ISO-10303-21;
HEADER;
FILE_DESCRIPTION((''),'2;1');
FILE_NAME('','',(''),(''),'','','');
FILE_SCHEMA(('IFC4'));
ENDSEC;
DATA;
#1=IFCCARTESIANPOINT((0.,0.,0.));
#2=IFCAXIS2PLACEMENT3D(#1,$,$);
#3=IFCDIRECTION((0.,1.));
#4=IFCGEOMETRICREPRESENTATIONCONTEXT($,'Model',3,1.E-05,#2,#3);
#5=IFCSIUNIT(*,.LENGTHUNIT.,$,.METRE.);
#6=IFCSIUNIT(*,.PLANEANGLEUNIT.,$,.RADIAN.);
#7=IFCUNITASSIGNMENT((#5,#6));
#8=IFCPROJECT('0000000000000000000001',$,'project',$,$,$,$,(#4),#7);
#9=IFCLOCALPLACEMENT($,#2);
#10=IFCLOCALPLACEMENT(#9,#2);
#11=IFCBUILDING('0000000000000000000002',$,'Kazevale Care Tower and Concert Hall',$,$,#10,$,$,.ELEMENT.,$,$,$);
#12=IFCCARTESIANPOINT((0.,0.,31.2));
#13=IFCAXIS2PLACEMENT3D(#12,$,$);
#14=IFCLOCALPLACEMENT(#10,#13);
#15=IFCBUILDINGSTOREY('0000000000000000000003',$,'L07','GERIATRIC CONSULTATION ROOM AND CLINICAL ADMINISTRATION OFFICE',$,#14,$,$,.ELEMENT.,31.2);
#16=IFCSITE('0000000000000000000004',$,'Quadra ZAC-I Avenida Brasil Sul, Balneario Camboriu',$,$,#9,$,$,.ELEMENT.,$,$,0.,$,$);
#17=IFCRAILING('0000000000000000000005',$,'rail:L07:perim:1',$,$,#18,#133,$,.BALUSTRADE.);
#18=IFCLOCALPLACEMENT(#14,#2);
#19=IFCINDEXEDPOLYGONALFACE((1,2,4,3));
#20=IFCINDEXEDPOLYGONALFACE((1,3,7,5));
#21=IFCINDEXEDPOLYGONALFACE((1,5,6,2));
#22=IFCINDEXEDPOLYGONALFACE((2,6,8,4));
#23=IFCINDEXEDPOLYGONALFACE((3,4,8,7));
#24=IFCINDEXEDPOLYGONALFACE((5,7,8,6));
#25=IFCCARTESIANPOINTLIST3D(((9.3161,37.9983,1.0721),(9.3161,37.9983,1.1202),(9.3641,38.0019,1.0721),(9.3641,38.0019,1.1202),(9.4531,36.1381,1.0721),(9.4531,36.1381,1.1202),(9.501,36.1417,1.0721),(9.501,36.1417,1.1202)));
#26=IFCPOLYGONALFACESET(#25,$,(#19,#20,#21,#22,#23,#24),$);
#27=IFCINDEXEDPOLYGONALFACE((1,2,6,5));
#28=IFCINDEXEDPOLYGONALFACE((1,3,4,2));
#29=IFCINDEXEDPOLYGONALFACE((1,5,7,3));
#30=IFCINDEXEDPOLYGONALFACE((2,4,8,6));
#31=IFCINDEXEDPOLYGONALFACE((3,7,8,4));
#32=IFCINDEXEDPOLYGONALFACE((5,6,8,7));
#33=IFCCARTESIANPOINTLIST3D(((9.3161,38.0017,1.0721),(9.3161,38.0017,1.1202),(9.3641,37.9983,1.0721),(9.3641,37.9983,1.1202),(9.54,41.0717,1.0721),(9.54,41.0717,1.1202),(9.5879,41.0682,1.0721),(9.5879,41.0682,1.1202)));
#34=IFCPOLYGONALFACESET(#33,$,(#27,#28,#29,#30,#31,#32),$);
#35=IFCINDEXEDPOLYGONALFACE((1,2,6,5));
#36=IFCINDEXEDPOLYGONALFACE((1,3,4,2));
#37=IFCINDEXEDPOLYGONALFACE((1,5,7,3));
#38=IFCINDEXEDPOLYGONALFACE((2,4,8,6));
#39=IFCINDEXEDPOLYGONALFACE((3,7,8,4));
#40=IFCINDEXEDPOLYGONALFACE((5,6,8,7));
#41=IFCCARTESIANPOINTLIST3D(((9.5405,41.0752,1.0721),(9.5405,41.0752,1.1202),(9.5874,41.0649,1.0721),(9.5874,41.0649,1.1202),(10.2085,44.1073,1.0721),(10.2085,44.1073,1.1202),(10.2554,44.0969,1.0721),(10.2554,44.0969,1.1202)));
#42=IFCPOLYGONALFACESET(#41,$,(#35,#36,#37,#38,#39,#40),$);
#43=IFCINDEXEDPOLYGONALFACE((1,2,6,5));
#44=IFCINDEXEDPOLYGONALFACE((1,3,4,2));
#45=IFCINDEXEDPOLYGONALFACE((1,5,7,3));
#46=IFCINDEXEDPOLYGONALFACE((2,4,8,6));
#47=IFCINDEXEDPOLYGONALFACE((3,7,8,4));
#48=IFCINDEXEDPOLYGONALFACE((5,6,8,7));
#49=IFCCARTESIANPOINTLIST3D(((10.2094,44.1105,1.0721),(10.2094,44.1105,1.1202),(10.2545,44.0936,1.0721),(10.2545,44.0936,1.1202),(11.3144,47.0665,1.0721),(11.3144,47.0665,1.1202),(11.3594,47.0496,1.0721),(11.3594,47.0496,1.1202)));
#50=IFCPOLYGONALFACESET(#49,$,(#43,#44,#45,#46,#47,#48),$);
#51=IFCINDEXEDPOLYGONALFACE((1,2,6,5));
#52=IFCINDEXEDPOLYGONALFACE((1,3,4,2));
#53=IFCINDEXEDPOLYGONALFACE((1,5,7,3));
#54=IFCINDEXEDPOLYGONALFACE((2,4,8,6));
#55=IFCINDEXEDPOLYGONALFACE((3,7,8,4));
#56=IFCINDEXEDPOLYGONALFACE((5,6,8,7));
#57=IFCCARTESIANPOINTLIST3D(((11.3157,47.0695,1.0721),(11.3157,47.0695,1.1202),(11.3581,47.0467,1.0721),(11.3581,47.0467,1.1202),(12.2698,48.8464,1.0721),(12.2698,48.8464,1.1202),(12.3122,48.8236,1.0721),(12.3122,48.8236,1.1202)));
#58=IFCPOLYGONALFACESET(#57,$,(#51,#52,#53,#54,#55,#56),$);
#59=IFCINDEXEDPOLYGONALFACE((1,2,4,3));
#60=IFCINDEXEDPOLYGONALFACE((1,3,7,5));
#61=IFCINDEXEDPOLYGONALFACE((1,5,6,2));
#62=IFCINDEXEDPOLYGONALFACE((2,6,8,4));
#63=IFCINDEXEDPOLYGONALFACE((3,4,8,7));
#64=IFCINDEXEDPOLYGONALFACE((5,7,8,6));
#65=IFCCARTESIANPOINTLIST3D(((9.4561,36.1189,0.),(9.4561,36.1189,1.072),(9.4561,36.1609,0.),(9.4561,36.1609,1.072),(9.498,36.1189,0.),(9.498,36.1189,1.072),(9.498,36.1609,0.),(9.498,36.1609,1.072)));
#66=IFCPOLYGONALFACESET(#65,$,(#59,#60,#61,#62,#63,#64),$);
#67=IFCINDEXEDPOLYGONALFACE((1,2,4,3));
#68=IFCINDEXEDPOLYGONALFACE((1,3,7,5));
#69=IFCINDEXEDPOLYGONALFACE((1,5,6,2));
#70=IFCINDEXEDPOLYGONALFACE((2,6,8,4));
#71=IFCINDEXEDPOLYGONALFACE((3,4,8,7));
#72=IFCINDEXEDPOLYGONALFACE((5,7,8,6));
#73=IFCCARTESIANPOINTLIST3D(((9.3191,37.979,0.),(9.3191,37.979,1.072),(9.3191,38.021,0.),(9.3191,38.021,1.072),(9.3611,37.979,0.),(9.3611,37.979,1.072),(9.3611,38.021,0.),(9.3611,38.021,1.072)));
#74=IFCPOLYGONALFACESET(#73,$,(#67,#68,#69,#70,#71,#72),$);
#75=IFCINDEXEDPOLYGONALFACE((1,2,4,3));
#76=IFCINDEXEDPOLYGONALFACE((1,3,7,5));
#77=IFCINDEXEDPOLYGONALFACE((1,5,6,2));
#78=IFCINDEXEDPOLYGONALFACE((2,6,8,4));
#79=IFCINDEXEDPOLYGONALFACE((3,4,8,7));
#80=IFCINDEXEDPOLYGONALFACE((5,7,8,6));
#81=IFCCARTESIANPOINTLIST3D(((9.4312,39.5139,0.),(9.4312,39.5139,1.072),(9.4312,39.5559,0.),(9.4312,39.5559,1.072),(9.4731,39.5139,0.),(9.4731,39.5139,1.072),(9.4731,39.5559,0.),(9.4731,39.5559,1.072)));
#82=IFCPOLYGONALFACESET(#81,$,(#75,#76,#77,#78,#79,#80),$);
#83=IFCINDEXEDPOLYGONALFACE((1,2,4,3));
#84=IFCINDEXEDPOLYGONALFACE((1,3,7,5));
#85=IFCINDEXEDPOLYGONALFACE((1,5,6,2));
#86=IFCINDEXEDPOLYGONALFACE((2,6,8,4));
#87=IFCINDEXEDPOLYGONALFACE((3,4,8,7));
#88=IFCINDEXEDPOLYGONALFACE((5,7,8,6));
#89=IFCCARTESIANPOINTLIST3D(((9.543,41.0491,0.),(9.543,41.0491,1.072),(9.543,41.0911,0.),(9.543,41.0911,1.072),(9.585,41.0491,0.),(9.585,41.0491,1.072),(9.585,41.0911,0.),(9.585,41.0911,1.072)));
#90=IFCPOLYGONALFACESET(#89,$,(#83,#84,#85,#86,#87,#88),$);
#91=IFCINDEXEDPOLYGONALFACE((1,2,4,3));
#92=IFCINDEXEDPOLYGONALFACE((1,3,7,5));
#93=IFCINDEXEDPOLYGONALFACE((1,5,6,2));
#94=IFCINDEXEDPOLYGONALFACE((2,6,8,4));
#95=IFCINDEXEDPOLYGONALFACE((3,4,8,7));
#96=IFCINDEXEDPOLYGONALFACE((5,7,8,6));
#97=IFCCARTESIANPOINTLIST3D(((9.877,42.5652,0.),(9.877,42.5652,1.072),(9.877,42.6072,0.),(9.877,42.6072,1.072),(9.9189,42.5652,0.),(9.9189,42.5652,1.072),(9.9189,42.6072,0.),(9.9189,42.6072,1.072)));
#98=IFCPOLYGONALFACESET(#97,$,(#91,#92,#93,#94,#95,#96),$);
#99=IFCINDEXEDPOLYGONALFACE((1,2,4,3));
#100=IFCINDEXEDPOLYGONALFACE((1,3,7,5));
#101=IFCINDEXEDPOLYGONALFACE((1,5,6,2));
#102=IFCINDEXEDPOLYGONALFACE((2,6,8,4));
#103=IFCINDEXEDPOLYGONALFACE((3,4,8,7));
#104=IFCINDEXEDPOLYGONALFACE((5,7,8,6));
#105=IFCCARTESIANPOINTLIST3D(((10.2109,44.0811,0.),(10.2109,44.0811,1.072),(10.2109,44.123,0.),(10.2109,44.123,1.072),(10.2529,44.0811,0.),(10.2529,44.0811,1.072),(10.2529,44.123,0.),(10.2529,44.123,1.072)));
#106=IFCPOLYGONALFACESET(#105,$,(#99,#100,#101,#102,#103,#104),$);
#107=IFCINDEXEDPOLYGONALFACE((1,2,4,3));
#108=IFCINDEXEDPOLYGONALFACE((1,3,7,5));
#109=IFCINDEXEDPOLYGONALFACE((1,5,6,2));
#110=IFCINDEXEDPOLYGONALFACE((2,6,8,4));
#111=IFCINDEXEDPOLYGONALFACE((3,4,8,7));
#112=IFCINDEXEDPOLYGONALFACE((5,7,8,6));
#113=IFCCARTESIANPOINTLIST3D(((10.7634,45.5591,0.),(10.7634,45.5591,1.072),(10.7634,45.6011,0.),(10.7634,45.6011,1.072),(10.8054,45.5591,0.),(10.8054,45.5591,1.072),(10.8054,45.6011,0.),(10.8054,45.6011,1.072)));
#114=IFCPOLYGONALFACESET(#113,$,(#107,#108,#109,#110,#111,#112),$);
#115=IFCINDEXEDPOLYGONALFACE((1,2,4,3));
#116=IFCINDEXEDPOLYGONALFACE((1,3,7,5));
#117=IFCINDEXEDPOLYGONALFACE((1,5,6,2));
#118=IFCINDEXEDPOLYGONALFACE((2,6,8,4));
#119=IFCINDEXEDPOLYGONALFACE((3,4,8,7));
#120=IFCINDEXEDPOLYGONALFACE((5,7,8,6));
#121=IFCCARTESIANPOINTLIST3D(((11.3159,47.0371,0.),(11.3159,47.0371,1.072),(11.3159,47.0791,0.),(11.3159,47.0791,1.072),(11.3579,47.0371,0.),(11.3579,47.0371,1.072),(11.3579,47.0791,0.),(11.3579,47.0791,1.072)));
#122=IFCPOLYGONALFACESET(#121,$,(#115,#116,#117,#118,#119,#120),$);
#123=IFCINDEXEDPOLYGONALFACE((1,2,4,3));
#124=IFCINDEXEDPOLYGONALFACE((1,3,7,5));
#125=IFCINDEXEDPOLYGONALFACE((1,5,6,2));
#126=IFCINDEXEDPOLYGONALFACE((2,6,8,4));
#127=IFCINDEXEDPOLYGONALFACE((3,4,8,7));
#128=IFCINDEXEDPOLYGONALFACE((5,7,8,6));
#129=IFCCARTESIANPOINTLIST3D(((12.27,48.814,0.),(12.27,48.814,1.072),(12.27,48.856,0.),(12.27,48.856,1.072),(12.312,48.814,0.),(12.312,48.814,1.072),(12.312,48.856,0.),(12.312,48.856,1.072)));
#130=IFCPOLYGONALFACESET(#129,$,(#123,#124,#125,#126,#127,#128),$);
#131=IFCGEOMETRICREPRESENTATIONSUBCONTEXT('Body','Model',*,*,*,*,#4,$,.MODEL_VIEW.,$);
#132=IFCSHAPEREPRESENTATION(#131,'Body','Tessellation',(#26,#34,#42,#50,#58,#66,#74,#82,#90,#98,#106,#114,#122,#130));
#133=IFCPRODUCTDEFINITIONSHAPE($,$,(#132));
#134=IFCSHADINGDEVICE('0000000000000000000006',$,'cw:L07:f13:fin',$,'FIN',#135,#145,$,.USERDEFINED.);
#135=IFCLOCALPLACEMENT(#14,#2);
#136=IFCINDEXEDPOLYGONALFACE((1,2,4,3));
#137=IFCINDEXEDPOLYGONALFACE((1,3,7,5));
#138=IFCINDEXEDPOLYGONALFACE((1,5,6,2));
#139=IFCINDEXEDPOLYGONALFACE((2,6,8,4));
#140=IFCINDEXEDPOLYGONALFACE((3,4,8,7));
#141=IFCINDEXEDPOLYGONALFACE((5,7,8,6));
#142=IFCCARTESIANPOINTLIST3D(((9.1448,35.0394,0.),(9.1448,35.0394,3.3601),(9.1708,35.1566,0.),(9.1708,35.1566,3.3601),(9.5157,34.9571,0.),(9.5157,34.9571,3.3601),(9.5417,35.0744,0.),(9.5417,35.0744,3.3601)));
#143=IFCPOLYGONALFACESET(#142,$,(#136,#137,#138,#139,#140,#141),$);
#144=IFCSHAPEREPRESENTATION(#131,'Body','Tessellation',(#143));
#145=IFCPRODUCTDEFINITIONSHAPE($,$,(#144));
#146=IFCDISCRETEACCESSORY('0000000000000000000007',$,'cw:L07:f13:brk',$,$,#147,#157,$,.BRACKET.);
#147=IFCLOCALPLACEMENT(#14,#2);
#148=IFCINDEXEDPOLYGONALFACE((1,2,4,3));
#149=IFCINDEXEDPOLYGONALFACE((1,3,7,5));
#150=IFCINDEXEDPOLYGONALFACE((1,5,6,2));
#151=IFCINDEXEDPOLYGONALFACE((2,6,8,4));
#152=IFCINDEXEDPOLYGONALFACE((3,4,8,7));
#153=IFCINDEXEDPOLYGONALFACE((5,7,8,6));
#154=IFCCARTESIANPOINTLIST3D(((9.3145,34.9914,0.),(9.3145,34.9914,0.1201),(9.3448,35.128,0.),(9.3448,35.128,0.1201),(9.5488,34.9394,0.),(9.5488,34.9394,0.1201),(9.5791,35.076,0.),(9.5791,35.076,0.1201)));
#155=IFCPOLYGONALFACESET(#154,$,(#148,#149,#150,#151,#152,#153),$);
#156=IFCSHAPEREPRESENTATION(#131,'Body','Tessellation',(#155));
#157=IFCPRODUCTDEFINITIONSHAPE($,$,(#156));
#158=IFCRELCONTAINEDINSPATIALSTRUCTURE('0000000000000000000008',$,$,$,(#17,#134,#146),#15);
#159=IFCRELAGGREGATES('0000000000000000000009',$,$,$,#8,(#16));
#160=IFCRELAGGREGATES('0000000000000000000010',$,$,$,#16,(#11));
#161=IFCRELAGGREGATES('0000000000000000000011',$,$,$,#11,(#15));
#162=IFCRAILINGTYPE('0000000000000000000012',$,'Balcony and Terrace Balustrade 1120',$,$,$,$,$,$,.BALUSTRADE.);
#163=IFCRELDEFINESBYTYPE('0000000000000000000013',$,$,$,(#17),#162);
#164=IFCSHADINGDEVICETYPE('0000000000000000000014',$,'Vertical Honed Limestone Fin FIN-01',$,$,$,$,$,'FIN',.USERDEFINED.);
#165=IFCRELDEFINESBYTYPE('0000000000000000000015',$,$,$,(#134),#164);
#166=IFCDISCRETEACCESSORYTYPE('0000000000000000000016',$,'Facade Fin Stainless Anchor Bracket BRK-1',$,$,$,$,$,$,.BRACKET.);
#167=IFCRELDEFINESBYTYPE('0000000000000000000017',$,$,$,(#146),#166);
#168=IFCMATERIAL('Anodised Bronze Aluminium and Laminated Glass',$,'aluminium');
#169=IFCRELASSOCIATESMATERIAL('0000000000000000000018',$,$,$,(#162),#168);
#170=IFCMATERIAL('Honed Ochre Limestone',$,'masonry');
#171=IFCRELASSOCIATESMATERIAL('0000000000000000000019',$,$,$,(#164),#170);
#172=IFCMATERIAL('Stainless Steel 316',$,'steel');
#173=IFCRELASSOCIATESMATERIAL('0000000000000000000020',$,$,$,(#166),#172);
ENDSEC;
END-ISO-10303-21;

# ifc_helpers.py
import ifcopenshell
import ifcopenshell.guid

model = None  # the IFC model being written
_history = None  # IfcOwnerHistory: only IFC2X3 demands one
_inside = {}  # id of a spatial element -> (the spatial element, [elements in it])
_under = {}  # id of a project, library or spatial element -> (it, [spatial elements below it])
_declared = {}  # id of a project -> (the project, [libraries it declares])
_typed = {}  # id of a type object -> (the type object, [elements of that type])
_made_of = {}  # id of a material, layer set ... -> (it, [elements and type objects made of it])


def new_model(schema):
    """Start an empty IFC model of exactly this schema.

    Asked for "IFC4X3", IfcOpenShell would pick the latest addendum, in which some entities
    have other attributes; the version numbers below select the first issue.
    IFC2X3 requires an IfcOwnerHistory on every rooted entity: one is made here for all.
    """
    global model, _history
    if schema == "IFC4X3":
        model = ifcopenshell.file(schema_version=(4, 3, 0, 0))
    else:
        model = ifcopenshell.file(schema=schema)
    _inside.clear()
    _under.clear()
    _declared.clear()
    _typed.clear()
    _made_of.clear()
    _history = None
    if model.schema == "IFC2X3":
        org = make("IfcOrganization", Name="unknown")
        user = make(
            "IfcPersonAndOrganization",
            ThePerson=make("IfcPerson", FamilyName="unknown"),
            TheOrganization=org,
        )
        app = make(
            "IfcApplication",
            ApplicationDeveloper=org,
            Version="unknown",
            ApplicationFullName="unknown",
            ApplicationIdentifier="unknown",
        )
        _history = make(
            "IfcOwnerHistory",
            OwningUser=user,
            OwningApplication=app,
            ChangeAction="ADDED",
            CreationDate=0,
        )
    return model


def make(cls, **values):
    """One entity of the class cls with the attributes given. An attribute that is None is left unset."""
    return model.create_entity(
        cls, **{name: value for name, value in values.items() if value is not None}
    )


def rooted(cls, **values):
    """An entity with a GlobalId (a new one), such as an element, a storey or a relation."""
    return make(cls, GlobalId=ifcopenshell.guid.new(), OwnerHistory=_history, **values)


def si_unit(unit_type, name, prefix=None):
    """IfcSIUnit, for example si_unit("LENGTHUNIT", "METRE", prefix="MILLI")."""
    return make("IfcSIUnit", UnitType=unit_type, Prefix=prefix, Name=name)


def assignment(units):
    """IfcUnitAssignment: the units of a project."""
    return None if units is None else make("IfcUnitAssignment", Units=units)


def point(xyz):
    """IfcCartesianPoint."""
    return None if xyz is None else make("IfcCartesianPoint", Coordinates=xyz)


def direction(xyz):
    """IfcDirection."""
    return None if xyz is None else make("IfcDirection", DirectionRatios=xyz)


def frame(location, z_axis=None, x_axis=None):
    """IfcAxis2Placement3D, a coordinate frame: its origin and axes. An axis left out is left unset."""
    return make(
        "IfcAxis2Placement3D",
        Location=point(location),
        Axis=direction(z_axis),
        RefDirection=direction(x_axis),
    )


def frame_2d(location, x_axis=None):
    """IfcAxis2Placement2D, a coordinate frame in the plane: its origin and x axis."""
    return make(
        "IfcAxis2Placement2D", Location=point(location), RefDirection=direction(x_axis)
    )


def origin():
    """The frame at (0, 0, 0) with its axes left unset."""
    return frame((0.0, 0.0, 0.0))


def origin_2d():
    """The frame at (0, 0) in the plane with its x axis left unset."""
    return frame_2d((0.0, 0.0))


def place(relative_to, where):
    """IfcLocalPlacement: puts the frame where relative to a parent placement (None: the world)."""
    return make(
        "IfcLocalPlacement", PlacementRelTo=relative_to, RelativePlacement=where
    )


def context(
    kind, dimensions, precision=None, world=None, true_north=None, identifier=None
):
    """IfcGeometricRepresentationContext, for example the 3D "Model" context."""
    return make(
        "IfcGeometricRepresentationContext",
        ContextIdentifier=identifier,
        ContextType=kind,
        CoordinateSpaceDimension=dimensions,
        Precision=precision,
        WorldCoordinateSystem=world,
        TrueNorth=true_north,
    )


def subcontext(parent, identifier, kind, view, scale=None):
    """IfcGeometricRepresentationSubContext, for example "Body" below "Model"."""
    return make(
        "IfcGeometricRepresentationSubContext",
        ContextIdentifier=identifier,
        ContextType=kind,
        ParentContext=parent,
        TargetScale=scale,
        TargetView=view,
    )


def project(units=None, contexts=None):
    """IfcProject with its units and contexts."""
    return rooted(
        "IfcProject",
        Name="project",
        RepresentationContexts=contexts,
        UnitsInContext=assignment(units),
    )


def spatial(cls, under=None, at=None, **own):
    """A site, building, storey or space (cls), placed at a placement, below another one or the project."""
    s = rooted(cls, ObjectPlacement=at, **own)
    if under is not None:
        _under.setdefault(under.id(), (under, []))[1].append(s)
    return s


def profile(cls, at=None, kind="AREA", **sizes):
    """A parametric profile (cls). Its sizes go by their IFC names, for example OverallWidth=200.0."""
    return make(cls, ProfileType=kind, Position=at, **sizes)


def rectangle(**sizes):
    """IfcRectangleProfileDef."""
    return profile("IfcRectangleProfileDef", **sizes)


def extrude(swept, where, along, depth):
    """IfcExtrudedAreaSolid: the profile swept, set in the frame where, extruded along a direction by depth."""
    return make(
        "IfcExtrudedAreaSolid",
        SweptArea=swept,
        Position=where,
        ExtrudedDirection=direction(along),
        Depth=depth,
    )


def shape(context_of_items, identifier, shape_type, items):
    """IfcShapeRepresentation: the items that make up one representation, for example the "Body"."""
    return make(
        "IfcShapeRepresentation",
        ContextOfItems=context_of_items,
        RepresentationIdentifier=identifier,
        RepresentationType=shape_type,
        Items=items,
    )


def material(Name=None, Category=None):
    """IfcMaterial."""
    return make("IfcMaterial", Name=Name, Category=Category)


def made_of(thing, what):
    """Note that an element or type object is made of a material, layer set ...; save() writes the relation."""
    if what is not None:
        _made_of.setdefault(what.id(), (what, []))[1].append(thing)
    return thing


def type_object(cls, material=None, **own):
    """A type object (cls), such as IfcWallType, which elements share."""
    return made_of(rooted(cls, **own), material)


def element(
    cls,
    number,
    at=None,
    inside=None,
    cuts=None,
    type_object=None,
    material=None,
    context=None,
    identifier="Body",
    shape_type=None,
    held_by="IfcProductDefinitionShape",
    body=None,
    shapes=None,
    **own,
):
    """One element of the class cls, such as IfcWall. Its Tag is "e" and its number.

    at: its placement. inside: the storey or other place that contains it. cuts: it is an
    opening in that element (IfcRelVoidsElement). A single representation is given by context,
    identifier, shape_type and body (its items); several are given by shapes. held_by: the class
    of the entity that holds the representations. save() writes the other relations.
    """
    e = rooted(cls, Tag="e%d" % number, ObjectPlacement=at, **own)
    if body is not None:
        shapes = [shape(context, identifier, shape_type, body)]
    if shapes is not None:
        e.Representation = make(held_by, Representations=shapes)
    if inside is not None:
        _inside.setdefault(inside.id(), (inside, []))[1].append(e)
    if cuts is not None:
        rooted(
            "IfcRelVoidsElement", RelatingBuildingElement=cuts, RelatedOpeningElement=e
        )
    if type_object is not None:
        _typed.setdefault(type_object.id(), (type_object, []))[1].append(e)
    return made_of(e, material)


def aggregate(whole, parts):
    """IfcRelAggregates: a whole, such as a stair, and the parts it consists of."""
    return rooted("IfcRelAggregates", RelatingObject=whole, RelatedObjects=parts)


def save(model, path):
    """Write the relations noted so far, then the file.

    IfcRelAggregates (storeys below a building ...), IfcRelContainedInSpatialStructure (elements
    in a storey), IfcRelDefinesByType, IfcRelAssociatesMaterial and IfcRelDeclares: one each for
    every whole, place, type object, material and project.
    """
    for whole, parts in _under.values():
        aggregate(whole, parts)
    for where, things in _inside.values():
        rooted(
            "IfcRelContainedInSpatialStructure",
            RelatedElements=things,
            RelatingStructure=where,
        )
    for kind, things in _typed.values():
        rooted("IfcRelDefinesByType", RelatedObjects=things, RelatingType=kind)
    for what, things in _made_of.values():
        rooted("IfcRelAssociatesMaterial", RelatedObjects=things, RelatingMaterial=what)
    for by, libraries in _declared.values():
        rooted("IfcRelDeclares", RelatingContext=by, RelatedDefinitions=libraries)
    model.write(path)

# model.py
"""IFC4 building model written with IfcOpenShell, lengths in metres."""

from ifc_helpers import new_model, si_unit, direction, frame, origin, origin_2d, place, context, subcontext, project, spatial, rectangle, extrude, material, type_object, element, save


model = new_model("IFC4")

# Units and contexts
model_context = context("Model", 3, precision=1e-05, world=origin(), true_north=direction((0.0, 1.0)))
body_context = subcontext(model_context, "Body", "Model", "MODEL_VIEW")
ifc_project = project(units=[si_unit("LENGTHUNIT", "METRE"), si_unit("PLANEANGLEUNIT", "RADIAN")], contexts=[model_context])

# Site, building, storey
site_placement = place(None, origin())
site = spatial("IfcSite", under=ifc_project, at=site_placement, Name="Quadra ZAC-I Avenida Brasil Sul, Balneario Camboriu", CompositionType="ELEMENT", RefElevation=0.0)
building_placement = place(site_placement, origin())
building = spatial("IfcBuilding", under=site, at=building_placement, Name="Kazevale Care Tower and Concert Hall", CompositionType="ELEMENT")
storey_placement = place(building_placement, frame((0.0, 0.0, 31.2)))
storey = spatial("IfcBuildingStorey", under=building, at=storey_placement, Name="L07", Description="GERIATRIC CONSULTATION ROOM AND CLINICAL ADMINISTRATION OFFICE", CompositionType="ELEMENT", Elevation=31.2)

# Railing
ifc_material_1 = material(Name="Anodised Bronze Aluminium and Laminated Glass", Category="aluminium")
railing_type = type_object("IfcRailingType", Name="Balcony and Terrace Balustrade 1120", PredefinedType="BALUSTRADE", material=ifc_material_1)
railing_placement = place(storey_placement, frame((9.4771, 36.1399, 0.0)))
element("IfcRailing", 1, at=railing_placement, inside=storey, type_object=railing_type, Name="rail:L07:perim:1", PredefinedType="BALUSTRADE", context=body_context, shape_type="SweptSolid", body=[
    extrude(rectangle(XDim=0.0481, YDim=0.0481, at=origin_2d()), frame((0.0, 0.0, 1.0962), z_axis=(-0.073433, 0.9973, 0.0), x_axis=(-0.9973, -0.073433, 0.0)), (0.0, 0.0, 1.0), 1.8652),
    extrude(rectangle(XDim=0.0481, YDim=0.0481, at=origin_2d()), frame((-0.137, 1.8601, 1.0962), z_axis=(0.072729, 0.997352, 0.0), x_axis=(-0.997352, 0.072729, 0.0)), (0.0, 0.0, 1.0), 3.0781),
    extrude(rectangle(XDim=0.0481, YDim=0.0481, at=origin_2d()), frame((0.0869, 4.9302, 1.0962), z_axis=(0.215148, 0.976581, 0.0), x_axis=(-0.976581, 0.215148, 0.0)), (0.0, 0.0, 1.0), 3.1047),
    extrude(rectangle(XDim=0.0481, YDim=0.0481, at=origin_2d()), frame((0.7549, 7.9622, 1.0962), z_axis=(0.35014, 0.936697, 0.0), x_axis=(-0.936697, 0.35014, 0.0)), (0.0, 0.0, 1.0), 3.1558),
    extrude(rectangle(XDim=0.0481, YDim=0.0481, at=origin_2d()), frame((1.8599, 10.9182, 1.0962), z_axis=(0.473074, 0.881022, 0.0), x_axis=(-0.881022, 0.473074, 0.0)), (0.0, 0.0, 1.0), 2.0168),
    extrude(rectangle(XDim=0.042, YDim=0.042, at=origin_2d()), origin(), (0.0, 0.0, 1.0), 1.072),
    extrude(rectangle(XDim=0.042, YDim=0.042, at=origin_2d()), frame((-0.137, 1.8601, 0.0)), (0.0, 0.0, 1.0), 1.072),
    extrude(rectangle(XDim=0.042, YDim=0.042, at=origin_2d()), frame((-0.0249, 3.395, 0.0)), (0.0, 0.0, 1.0), 1.072),
    extrude(rectangle(XDim=0.042, YDim=0.042, at=origin_2d()), frame((0.0869, 4.9302, 0.0)), (0.0, 0.0, 1.0), 1.072),
    extrude(rectangle(XDim=0.042, YDim=0.042, at=origin_2d()), frame((0.4209, 6.4463, 0.0)), (0.0, 0.0, 1.0), 1.072),
    extrude(rectangle(XDim=0.042, YDim=0.042, at=origin_2d()), frame((0.7549, 7.9622, 0.0)), (0.0, 0.0, 1.0), 1.072),
    extrude(rectangle(XDim=0.042, YDim=0.042, at=origin_2d()), frame((1.3074, 9.4402, 0.0)), (0.0, 0.0, 1.0), 1.072),
    extrude(rectangle(XDim=0.042, YDim=0.042, at=origin_2d()), frame((1.8599, 10.9182, 0.0)), (0.0, 0.0, 1.0), 1.072),
    extrude(rectangle(XDim=0.042, YDim=0.042, at=origin_2d()), frame((2.814, 12.6951, 0.0)), (0.0, 0.0, 1.0), 1.072),
])

# Shading device
ifc_material_2 = material(Name="Honed Ochre Limestone", Category="masonry")
shading_device_type = type_object("IfcShadingDeviceType", Name="Vertical Honed Limestone Fin FIN-01", ElementType="FIN", PredefinedType="USERDEFINED", material=ifc_material_2)
shading_device_placement = place(storey_placement, frame((9.3433, 35.0569, 0.0), z_axis=(0.0, 0.0, 1.0), x_axis=(-0.976296, 0.21644, 0.0)))
element("IfcShadingDevice", 2, at=shading_device_placement, inside=storey, type_object=shading_device_type, Name="cw:L07:f13:fin", ObjectType="FIN", PredefinedType="USERDEFINED", context=body_context, shape_type="SweptSolid", body=[
    extrude(rectangle(XDim=0.3799, YDim=0.1201, at=origin_2d()), origin(), (0.0, 0.0, 1.0), 3.3601),
])

# Discrete accessory
ifc_material_3 = material(Name="Stainless Steel 316", Category="steel")
discrete_accessory_type = type_object("IfcDiscreteAccessoryType", Name="Facade Fin Stainless Anchor Bracket BRK-1", PredefinedType="BRACKET", material=ifc_material_3)
discrete_accessory_placement = place(storey_placement, frame((9.4468, 35.0337, 0.0), z_axis=(0.0, 0.0, 1.0), x_axis=(-0.976296, 0.21644, 0.0)))
element("IfcDiscreteAccessory", 3, at=discrete_accessory_placement, inside=storey, type_object=discrete_accessory_type, Name="cw:L07:f13:brk", PredefinedType="BRACKET", context=body_context, shape_type="SweptSolid", body=[
    extrude(rectangle(XDim=0.24, YDim=0.1399, at=origin_2d()), origin(), (0.0, 0.0, 1.0), 0.1201),
])

save(model, "model.ifc")
